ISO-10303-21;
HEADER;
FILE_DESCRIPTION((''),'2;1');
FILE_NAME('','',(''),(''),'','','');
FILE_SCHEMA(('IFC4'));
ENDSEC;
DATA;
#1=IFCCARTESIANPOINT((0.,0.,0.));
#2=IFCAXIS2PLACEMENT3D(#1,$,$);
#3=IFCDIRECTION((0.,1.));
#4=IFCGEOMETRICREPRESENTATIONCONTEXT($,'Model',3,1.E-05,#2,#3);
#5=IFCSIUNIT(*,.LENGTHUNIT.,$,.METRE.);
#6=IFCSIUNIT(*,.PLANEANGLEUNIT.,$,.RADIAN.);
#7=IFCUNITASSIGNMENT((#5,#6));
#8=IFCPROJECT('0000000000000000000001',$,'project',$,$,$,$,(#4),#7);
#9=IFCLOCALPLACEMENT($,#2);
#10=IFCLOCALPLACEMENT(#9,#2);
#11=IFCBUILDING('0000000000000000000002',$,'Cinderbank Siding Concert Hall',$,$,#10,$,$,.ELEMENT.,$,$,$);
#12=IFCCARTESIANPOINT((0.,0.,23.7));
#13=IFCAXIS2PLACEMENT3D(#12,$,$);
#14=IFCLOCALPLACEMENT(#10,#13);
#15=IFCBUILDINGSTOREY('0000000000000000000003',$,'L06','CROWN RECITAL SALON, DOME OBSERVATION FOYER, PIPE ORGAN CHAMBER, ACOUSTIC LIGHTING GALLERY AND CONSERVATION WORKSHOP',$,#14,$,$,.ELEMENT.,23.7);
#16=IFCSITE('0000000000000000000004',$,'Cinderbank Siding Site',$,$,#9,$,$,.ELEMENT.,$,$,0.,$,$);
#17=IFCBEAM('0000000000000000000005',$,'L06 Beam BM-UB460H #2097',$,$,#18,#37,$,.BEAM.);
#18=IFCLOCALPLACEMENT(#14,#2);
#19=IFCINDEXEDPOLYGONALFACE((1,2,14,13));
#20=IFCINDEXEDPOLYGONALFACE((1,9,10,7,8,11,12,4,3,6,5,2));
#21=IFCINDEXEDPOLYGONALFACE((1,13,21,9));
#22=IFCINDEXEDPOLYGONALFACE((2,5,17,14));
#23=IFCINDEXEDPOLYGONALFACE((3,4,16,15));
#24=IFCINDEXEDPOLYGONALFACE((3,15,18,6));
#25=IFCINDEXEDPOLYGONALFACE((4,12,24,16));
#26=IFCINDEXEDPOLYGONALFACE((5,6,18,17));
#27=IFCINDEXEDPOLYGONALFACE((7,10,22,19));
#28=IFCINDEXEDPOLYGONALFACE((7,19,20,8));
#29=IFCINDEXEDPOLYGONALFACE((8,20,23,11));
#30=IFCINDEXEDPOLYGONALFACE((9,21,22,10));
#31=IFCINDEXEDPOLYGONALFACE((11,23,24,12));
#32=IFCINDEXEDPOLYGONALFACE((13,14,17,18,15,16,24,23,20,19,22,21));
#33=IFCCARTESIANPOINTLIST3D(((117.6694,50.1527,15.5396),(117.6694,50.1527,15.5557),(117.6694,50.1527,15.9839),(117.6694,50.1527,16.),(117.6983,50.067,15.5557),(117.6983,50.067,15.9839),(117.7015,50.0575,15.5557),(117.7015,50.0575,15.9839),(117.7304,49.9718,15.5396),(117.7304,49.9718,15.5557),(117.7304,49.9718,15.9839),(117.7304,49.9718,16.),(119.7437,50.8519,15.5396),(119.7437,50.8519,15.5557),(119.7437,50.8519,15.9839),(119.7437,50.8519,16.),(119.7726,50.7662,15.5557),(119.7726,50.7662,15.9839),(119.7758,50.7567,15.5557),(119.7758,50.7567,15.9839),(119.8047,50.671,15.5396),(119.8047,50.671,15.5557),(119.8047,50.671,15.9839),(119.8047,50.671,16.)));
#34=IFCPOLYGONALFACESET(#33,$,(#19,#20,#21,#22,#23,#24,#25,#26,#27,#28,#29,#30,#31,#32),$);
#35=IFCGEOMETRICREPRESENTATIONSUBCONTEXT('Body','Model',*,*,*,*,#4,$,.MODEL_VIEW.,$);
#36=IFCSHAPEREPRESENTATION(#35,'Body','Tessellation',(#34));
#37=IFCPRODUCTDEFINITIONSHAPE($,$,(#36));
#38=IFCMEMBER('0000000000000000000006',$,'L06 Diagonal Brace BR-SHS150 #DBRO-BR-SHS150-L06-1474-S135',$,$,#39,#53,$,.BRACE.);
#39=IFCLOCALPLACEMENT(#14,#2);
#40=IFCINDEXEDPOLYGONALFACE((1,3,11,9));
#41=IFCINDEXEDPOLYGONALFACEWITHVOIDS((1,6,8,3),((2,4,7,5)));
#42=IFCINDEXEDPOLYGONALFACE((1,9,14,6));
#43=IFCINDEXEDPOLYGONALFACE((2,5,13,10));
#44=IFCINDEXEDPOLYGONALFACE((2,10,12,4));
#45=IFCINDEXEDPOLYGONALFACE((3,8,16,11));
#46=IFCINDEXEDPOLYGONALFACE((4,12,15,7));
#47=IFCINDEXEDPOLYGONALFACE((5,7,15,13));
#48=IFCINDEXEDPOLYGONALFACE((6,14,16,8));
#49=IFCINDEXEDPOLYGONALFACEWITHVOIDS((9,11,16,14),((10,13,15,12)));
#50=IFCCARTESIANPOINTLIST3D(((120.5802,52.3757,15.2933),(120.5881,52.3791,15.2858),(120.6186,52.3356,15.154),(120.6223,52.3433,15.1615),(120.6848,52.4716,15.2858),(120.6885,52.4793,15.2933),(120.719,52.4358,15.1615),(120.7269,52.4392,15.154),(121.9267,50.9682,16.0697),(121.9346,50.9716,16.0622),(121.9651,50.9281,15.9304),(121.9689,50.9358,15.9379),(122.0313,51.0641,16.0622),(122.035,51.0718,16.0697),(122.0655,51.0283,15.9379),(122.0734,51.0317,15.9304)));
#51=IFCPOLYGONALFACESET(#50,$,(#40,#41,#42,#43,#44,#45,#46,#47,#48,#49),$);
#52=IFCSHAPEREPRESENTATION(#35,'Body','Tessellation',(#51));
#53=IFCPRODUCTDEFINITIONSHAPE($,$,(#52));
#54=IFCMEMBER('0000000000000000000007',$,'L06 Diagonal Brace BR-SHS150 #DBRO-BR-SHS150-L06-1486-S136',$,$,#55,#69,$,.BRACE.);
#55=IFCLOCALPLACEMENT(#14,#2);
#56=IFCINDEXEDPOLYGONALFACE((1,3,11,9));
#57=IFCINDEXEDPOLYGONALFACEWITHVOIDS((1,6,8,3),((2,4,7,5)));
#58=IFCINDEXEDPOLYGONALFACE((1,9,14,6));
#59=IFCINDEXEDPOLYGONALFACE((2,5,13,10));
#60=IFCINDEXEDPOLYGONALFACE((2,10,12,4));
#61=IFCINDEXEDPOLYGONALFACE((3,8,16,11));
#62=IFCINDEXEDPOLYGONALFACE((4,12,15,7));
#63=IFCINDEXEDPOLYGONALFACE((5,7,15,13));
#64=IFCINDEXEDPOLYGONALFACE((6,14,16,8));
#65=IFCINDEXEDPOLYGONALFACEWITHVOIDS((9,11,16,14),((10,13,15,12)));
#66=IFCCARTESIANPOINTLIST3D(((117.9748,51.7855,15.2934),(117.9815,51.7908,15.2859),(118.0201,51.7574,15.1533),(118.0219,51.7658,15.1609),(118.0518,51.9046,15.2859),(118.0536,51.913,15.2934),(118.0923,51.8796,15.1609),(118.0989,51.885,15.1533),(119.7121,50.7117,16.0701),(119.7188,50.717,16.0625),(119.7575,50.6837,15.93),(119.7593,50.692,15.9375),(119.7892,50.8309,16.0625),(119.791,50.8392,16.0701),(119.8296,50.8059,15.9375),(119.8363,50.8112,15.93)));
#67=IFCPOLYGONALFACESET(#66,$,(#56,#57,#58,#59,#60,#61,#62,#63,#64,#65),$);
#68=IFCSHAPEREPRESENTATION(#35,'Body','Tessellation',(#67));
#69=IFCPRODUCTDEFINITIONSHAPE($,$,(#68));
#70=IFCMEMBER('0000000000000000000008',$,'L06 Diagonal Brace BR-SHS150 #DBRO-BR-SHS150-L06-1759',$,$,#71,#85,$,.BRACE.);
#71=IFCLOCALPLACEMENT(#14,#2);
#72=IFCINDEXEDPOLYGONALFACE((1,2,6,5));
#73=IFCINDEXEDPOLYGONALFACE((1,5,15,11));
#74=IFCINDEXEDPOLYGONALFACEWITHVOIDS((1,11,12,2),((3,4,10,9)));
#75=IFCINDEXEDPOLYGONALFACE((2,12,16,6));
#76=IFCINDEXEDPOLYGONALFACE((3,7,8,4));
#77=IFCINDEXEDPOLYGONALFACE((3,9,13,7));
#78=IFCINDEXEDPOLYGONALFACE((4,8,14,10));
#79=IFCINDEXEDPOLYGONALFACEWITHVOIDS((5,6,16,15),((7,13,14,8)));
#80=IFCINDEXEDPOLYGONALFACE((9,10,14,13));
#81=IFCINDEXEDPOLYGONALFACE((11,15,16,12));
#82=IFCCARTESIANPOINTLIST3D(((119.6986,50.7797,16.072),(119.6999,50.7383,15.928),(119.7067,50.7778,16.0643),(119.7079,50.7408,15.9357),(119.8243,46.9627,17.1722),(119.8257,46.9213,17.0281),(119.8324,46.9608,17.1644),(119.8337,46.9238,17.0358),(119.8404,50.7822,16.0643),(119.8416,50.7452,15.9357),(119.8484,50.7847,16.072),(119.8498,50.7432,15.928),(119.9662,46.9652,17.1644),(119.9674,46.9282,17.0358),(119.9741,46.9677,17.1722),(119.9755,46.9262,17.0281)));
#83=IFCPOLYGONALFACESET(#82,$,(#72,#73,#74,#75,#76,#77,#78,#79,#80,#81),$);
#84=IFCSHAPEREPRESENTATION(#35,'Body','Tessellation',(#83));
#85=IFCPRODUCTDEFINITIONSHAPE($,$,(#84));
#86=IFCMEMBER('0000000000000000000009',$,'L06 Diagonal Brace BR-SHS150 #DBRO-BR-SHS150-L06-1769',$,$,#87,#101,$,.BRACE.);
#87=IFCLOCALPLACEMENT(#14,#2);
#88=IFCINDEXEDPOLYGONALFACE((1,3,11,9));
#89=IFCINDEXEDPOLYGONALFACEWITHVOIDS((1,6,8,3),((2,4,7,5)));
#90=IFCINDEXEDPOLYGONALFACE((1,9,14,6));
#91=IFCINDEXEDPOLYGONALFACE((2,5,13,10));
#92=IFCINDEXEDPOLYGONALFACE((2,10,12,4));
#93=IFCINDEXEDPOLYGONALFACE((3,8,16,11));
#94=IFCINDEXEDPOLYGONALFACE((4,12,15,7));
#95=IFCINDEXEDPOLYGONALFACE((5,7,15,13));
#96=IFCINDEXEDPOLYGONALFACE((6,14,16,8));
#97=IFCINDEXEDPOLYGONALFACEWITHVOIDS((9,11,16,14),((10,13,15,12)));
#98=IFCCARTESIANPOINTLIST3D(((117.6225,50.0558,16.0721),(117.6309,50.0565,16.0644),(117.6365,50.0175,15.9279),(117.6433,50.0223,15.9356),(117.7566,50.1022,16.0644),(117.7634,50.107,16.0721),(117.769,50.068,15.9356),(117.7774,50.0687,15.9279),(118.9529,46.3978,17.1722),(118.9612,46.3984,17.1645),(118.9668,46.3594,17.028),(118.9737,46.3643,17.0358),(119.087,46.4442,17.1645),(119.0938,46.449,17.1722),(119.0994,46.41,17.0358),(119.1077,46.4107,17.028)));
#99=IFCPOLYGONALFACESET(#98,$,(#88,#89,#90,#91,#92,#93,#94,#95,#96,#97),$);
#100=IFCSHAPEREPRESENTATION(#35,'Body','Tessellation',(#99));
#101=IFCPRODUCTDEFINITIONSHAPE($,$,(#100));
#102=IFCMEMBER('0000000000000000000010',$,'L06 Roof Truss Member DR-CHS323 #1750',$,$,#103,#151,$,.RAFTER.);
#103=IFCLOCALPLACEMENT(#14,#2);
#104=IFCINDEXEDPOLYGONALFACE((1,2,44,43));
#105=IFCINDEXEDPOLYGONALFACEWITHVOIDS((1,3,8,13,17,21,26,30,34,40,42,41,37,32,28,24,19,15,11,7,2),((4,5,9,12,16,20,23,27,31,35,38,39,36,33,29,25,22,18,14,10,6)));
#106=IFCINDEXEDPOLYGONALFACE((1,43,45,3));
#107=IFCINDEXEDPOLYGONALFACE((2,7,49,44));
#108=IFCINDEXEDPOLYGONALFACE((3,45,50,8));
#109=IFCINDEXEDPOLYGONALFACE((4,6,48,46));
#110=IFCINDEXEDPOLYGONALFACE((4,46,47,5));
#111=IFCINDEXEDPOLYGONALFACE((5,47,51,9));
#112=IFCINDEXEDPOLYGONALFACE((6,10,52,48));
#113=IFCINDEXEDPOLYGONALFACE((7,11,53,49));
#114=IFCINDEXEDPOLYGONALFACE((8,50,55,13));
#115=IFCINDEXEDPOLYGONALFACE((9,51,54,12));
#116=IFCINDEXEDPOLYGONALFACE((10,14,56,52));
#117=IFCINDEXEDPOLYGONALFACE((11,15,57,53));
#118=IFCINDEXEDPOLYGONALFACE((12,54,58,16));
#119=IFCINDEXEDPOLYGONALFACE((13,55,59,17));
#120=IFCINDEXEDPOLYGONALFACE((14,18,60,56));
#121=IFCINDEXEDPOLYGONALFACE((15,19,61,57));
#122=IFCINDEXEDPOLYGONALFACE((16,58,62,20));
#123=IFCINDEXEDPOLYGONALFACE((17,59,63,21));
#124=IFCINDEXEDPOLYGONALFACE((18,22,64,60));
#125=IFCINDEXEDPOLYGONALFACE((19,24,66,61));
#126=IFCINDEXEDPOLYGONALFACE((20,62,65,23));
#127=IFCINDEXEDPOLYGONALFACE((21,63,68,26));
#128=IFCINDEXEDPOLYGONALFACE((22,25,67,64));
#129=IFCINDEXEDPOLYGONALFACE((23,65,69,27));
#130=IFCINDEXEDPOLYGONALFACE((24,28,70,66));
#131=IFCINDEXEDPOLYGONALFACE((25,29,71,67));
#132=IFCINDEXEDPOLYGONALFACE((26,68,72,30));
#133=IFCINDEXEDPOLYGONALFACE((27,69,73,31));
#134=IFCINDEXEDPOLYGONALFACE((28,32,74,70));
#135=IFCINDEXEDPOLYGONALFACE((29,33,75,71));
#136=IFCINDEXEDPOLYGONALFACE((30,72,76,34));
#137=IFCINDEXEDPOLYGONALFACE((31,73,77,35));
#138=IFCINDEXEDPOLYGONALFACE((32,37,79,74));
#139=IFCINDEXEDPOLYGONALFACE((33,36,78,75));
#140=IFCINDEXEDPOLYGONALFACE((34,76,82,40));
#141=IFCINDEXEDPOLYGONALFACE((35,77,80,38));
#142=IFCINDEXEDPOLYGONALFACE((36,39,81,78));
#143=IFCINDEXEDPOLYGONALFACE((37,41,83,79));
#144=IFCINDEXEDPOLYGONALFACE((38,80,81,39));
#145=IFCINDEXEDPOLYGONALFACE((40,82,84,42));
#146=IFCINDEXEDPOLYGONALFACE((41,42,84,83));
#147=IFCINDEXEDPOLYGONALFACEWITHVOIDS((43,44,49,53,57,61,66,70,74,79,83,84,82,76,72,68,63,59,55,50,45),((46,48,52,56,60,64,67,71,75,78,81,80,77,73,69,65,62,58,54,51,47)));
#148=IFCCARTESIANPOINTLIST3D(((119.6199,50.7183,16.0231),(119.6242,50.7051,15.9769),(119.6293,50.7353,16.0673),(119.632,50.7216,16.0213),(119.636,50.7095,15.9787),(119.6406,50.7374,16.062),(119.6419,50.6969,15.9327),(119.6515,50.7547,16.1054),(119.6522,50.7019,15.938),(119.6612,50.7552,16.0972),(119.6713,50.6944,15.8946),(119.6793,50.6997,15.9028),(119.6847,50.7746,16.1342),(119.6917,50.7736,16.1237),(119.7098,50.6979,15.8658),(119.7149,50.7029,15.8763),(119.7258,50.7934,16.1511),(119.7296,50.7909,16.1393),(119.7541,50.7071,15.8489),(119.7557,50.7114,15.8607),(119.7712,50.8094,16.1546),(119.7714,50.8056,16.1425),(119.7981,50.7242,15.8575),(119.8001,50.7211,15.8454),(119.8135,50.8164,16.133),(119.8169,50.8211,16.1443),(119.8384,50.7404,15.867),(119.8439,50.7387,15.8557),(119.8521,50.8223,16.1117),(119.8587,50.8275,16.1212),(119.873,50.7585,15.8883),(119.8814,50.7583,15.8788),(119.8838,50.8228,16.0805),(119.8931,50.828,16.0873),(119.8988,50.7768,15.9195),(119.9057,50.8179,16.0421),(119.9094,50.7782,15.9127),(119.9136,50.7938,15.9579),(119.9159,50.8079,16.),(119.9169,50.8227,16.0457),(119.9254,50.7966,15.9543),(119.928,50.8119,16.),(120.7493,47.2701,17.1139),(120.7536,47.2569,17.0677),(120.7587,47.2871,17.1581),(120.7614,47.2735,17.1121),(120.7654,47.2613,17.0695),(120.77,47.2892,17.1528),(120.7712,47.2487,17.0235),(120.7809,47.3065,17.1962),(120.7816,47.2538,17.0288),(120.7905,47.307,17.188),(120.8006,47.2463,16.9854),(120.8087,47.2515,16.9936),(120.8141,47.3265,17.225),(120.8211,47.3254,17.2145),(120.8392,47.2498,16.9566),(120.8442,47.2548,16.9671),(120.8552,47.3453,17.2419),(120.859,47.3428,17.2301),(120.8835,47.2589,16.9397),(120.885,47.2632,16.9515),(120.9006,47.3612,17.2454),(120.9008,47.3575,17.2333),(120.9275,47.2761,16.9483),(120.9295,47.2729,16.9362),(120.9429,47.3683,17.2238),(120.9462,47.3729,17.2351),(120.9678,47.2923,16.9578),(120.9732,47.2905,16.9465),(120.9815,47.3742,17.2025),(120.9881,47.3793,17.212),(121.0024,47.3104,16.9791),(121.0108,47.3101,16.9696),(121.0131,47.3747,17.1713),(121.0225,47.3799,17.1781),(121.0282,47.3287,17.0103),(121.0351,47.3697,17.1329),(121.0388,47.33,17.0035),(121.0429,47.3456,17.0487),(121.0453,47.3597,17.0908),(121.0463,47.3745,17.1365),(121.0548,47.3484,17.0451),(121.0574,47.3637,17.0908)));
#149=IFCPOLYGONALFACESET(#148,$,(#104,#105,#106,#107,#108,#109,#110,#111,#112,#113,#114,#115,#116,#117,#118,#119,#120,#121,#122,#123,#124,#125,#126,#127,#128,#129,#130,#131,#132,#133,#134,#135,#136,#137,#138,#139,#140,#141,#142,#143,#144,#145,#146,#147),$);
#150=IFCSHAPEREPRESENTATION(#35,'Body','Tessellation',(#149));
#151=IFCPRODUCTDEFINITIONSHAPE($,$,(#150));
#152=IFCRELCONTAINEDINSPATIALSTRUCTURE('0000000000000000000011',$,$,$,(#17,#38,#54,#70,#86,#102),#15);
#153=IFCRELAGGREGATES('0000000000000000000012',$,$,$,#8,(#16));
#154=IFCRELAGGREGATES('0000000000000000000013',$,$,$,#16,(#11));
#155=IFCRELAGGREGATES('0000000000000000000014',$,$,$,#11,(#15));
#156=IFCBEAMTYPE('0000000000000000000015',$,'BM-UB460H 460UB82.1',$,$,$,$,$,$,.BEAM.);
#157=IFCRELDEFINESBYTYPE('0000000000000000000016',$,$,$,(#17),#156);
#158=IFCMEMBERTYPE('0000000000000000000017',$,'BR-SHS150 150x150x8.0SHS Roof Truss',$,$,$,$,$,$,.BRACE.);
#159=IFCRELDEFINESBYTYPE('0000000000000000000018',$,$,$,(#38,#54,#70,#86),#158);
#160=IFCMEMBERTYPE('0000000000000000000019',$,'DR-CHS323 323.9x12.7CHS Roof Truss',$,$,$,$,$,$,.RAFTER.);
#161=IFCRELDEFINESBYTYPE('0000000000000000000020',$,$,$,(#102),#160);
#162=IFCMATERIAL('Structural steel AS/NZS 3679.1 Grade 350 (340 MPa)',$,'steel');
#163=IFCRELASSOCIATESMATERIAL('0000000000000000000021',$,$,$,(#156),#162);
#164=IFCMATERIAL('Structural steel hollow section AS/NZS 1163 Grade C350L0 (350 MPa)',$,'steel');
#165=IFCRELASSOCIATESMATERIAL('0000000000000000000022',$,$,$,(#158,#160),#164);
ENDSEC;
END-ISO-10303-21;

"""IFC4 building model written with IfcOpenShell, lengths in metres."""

from ifc_helpers import new_model, si_unit, direction, frame, origin, origin_2d, place, context, subcontext, project, spatial, hollow_rectangle, hollow_circle, i_section, extrude, material, material_profile, profile_set, type_object, element, save


model = new_model("IFC4")

# Units and contexts
model_context = context("Model", 3, precision=1e-05, world=origin(), true_north=direction((0.0, 1.0)))
body_context = subcontext(model_context, "Body", "Model", "MODEL_VIEW")
ifc_project = project(units=[si_unit("LENGTHUNIT", "METRE"), si_unit("PLANEANGLEUNIT", "RADIAN")], contexts=[model_context])

# Site, building, storey
site_placement = place(None, origin())
site = spatial("IfcSite", under=ifc_project, at=site_placement, Name="Cinderbank Siding Site", CompositionType="ELEMENT", RefElevation=0.0)
building_placement = place(site_placement, origin())
building = spatial("IfcBuilding", under=site, at=building_placement, Name="Cinderbank Siding Concert Hall", CompositionType="ELEMENT")
storey_placement = place(building_placement, frame((0.0, 0.0, 23.7)))
storey = spatial("IfcBuildingStorey", under=building, at=storey_placement, Name="L06", Description="CROWN RECITAL SALON, DOME OBSERVATION FOYER, PIPE ORGAN CHAMBER, ACOUSTIC LIGHTING GALLERY AND CONSERVATION WORKSHOP", CompositionType="ELEMENT", Elevation=23.7)

# Beam
ifc_material_1 = material(Name="Structural steel AS/NZS 3679.1 Grade 350 (340 MPa)", Category="steel")
ifc_material_profile_1 = material_profile(ifc_material_1, i_section(OverallWidth=0.1909, OverallDepth=0.4604, WebThickness=0.01, FlangeThickness=0.0161, at=origin_2d()), Name="460UB82.1", Category="LoadBearing")
ifc_profile_set_1 = profile_set([ifc_material_profile_1], Name="Structural steel AS/NZS 3679.1 Grade 350 (340 MPa)")
beam_type = type_object("IfcBeamType", Name="BM-UB460H 460UB82.1", PredefinedType="BEAM", material=ifc_profile_set_1)
beam_placement = place(storey_placement, frame((119.7742, 50.7615, 15.7698), z_axis=(-0.947607, -0.319438, 0.0), x_axis=(0.319438, -0.947607, 0.0)))
element("IfcBeam", 1, at=beam_placement, inside=storey, type_object=beam_type, Name="L06 Beam BM-UB460H #2097", PredefinedType="BEAM", context=body_context, shape_type="SweptSolid", body=[
    extrude(i_section(OverallWidth=0.1909, OverallDepth=0.4604, WebThickness=0.01, FlangeThickness=0.0161, at=origin_2d()), origin(), (0.0, 0.0, 1.0), 2.189),
])

# Members
ifc_material_2 = material(Name="Structural steel hollow section AS/NZS 1163 Grade C350L0 (350 MPa)", Category="steel")
ifc_material_profile_2 = material_profile(ifc_material_2, hollow_rectangle(XDim=0.1499, YDim=0.1499, WallThickness=0.0081, at=origin_2d()), Name="150x150x8.0SHS", Category="LoadBearing")
ifc_profile_set_2 = profile_set([ifc_material_profile_2], Name="Structural steel hollow section AS/NZS 1163 Grade C350L0 (350 MPa)")
member_type_1 = type_object("IfcMemberType", Name="BR-SHS150 150x150x8.0SHS Roof Truss", PredefinedType="BRACE", material=ifc_profile_set_2)
member_1_placement = place(storey_placement, frame((120.6536, 52.4075, 15.2236), z_axis=(0.642135, -0.671244, 0.370261), x_axis=(0.722601, 0.691265, 0.0)))
element("IfcMember", 2, at=member_1_placement, inside=storey, type_object=member_type_1, Name="L06 Diagonal Brace BR-SHS150 #DBRO-BR-SHS150-L06-1474-S135", PredefinedType="BRACE", context=body_context, shape_type="SweptSolid", body=[
    extrude(hollow_rectangle(XDim=0.1499, YDim=0.1499, WallThickness=0.0081, at=origin_2d()), origin(), (0.0, 0.0, 1.0), 2.0969),
])
member_2_placement = place(storey_placement, frame((118.0369, 51.8352, 15.2234), z_axis=(0.795103, -0.491409, 0.355428), x_axis=(0.525737, 0.850647, 0.0)))
element("IfcMember", 3, at=member_2_placement, inside=storey, type_object=member_type_1, Name="L06 Diagonal Brace BR-SHS150 #DBRO-BR-SHS150-L06-1486-S136", PredefinedType="BRACE", context=body_context, shape_type="SweptSolid", body=[
    extrude(hollow_rectangle(XDim=0.1499, YDim=0.1499, WallThickness=0.0081, at=origin_2d()), origin(), (0.0, 0.0, 1.0), 2.1851),
])
member_3_placement = place(storey_placement, frame((119.7742, 50.7615, 16.0), z_axis=(0.031637, -0.960405, 0.276806), x_axis=(0.999458, 0.032923, 0.0)))
element("IfcMember", 4, at=member_3_placement, inside=storey, type_object=member_type_1, Name="L06 Diagonal Brace BR-SHS150 #DBRO-BR-SHS150-L06-1759", PredefinedType="BRACE", context=body_context, shape_type="SweptSolid", body=[
    extrude(hollow_rectangle(XDim=0.1499, YDim=0.1499, WallThickness=0.0081, at=origin_2d()), origin(), (0.0, 0.0, 1.0), 3.9744),
])
member_4_placement = place(storey_placement, frame((117.7, 50.0623, 16.0), z_axis=(0.328895, -0.904355, 0.271976), x_axis=(0.939781, 0.341778, 0.0)))
element("IfcMember", 5, at=member_4_placement, inside=storey, type_object=member_type_1, Name="L06 Diagonal Brace BR-SHS150 #DBRO-BR-SHS150-L06-1769", PredefinedType="BRACE", context=body_context, shape_type="SweptSolid", body=[
    extrude(hollow_rectangle(XDim=0.1499, YDim=0.1499, WallThickness=0.0081, at=origin_2d()), origin(), (0.0, 0.0, 1.0), 4.0449),
])
ifc_material_profile_3 = material_profile(ifc_material_2, hollow_circle(Radius=0.1619, WallThickness=0.0127, at=origin_2d()), Name="323.9x12.7CHS", Category="LoadBearing")
ifc_profile_set_3 = profile_set([ifc_material_profile_3], Name="Structural steel hollow section AS/NZS 1163 Grade C350L0 (350 MPa)")
member_type_2 = type_object("IfcMemberType", Name="DR-CHS323 323.9x12.7CHS Roof Truss", PredefinedType="RAFTER", material=ifc_profile_set_3)
member_5_placement = place(storey_placement, frame((119.7742, 50.7615, 16.0), z_axis=(0.298079, -0.91009, 0.287899), x_axis=(0.950325, 0.311258, 0.0)))
element("IfcMember", 6, at=member_5_placement, inside=storey, type_object=member_type_2, Name="L06 Roof Truss Member DR-CHS323 #1750", PredefinedType="RAFTER", context=body_context, shape_type="SweptSolid", body=[
    extrude(hollow_circle(Radius=0.1619, WallThickness=0.0127, at=origin_2d()), origin(), (0.0, 0.0, 1.0), 3.7888),
])

save(model, "model.ifc")
